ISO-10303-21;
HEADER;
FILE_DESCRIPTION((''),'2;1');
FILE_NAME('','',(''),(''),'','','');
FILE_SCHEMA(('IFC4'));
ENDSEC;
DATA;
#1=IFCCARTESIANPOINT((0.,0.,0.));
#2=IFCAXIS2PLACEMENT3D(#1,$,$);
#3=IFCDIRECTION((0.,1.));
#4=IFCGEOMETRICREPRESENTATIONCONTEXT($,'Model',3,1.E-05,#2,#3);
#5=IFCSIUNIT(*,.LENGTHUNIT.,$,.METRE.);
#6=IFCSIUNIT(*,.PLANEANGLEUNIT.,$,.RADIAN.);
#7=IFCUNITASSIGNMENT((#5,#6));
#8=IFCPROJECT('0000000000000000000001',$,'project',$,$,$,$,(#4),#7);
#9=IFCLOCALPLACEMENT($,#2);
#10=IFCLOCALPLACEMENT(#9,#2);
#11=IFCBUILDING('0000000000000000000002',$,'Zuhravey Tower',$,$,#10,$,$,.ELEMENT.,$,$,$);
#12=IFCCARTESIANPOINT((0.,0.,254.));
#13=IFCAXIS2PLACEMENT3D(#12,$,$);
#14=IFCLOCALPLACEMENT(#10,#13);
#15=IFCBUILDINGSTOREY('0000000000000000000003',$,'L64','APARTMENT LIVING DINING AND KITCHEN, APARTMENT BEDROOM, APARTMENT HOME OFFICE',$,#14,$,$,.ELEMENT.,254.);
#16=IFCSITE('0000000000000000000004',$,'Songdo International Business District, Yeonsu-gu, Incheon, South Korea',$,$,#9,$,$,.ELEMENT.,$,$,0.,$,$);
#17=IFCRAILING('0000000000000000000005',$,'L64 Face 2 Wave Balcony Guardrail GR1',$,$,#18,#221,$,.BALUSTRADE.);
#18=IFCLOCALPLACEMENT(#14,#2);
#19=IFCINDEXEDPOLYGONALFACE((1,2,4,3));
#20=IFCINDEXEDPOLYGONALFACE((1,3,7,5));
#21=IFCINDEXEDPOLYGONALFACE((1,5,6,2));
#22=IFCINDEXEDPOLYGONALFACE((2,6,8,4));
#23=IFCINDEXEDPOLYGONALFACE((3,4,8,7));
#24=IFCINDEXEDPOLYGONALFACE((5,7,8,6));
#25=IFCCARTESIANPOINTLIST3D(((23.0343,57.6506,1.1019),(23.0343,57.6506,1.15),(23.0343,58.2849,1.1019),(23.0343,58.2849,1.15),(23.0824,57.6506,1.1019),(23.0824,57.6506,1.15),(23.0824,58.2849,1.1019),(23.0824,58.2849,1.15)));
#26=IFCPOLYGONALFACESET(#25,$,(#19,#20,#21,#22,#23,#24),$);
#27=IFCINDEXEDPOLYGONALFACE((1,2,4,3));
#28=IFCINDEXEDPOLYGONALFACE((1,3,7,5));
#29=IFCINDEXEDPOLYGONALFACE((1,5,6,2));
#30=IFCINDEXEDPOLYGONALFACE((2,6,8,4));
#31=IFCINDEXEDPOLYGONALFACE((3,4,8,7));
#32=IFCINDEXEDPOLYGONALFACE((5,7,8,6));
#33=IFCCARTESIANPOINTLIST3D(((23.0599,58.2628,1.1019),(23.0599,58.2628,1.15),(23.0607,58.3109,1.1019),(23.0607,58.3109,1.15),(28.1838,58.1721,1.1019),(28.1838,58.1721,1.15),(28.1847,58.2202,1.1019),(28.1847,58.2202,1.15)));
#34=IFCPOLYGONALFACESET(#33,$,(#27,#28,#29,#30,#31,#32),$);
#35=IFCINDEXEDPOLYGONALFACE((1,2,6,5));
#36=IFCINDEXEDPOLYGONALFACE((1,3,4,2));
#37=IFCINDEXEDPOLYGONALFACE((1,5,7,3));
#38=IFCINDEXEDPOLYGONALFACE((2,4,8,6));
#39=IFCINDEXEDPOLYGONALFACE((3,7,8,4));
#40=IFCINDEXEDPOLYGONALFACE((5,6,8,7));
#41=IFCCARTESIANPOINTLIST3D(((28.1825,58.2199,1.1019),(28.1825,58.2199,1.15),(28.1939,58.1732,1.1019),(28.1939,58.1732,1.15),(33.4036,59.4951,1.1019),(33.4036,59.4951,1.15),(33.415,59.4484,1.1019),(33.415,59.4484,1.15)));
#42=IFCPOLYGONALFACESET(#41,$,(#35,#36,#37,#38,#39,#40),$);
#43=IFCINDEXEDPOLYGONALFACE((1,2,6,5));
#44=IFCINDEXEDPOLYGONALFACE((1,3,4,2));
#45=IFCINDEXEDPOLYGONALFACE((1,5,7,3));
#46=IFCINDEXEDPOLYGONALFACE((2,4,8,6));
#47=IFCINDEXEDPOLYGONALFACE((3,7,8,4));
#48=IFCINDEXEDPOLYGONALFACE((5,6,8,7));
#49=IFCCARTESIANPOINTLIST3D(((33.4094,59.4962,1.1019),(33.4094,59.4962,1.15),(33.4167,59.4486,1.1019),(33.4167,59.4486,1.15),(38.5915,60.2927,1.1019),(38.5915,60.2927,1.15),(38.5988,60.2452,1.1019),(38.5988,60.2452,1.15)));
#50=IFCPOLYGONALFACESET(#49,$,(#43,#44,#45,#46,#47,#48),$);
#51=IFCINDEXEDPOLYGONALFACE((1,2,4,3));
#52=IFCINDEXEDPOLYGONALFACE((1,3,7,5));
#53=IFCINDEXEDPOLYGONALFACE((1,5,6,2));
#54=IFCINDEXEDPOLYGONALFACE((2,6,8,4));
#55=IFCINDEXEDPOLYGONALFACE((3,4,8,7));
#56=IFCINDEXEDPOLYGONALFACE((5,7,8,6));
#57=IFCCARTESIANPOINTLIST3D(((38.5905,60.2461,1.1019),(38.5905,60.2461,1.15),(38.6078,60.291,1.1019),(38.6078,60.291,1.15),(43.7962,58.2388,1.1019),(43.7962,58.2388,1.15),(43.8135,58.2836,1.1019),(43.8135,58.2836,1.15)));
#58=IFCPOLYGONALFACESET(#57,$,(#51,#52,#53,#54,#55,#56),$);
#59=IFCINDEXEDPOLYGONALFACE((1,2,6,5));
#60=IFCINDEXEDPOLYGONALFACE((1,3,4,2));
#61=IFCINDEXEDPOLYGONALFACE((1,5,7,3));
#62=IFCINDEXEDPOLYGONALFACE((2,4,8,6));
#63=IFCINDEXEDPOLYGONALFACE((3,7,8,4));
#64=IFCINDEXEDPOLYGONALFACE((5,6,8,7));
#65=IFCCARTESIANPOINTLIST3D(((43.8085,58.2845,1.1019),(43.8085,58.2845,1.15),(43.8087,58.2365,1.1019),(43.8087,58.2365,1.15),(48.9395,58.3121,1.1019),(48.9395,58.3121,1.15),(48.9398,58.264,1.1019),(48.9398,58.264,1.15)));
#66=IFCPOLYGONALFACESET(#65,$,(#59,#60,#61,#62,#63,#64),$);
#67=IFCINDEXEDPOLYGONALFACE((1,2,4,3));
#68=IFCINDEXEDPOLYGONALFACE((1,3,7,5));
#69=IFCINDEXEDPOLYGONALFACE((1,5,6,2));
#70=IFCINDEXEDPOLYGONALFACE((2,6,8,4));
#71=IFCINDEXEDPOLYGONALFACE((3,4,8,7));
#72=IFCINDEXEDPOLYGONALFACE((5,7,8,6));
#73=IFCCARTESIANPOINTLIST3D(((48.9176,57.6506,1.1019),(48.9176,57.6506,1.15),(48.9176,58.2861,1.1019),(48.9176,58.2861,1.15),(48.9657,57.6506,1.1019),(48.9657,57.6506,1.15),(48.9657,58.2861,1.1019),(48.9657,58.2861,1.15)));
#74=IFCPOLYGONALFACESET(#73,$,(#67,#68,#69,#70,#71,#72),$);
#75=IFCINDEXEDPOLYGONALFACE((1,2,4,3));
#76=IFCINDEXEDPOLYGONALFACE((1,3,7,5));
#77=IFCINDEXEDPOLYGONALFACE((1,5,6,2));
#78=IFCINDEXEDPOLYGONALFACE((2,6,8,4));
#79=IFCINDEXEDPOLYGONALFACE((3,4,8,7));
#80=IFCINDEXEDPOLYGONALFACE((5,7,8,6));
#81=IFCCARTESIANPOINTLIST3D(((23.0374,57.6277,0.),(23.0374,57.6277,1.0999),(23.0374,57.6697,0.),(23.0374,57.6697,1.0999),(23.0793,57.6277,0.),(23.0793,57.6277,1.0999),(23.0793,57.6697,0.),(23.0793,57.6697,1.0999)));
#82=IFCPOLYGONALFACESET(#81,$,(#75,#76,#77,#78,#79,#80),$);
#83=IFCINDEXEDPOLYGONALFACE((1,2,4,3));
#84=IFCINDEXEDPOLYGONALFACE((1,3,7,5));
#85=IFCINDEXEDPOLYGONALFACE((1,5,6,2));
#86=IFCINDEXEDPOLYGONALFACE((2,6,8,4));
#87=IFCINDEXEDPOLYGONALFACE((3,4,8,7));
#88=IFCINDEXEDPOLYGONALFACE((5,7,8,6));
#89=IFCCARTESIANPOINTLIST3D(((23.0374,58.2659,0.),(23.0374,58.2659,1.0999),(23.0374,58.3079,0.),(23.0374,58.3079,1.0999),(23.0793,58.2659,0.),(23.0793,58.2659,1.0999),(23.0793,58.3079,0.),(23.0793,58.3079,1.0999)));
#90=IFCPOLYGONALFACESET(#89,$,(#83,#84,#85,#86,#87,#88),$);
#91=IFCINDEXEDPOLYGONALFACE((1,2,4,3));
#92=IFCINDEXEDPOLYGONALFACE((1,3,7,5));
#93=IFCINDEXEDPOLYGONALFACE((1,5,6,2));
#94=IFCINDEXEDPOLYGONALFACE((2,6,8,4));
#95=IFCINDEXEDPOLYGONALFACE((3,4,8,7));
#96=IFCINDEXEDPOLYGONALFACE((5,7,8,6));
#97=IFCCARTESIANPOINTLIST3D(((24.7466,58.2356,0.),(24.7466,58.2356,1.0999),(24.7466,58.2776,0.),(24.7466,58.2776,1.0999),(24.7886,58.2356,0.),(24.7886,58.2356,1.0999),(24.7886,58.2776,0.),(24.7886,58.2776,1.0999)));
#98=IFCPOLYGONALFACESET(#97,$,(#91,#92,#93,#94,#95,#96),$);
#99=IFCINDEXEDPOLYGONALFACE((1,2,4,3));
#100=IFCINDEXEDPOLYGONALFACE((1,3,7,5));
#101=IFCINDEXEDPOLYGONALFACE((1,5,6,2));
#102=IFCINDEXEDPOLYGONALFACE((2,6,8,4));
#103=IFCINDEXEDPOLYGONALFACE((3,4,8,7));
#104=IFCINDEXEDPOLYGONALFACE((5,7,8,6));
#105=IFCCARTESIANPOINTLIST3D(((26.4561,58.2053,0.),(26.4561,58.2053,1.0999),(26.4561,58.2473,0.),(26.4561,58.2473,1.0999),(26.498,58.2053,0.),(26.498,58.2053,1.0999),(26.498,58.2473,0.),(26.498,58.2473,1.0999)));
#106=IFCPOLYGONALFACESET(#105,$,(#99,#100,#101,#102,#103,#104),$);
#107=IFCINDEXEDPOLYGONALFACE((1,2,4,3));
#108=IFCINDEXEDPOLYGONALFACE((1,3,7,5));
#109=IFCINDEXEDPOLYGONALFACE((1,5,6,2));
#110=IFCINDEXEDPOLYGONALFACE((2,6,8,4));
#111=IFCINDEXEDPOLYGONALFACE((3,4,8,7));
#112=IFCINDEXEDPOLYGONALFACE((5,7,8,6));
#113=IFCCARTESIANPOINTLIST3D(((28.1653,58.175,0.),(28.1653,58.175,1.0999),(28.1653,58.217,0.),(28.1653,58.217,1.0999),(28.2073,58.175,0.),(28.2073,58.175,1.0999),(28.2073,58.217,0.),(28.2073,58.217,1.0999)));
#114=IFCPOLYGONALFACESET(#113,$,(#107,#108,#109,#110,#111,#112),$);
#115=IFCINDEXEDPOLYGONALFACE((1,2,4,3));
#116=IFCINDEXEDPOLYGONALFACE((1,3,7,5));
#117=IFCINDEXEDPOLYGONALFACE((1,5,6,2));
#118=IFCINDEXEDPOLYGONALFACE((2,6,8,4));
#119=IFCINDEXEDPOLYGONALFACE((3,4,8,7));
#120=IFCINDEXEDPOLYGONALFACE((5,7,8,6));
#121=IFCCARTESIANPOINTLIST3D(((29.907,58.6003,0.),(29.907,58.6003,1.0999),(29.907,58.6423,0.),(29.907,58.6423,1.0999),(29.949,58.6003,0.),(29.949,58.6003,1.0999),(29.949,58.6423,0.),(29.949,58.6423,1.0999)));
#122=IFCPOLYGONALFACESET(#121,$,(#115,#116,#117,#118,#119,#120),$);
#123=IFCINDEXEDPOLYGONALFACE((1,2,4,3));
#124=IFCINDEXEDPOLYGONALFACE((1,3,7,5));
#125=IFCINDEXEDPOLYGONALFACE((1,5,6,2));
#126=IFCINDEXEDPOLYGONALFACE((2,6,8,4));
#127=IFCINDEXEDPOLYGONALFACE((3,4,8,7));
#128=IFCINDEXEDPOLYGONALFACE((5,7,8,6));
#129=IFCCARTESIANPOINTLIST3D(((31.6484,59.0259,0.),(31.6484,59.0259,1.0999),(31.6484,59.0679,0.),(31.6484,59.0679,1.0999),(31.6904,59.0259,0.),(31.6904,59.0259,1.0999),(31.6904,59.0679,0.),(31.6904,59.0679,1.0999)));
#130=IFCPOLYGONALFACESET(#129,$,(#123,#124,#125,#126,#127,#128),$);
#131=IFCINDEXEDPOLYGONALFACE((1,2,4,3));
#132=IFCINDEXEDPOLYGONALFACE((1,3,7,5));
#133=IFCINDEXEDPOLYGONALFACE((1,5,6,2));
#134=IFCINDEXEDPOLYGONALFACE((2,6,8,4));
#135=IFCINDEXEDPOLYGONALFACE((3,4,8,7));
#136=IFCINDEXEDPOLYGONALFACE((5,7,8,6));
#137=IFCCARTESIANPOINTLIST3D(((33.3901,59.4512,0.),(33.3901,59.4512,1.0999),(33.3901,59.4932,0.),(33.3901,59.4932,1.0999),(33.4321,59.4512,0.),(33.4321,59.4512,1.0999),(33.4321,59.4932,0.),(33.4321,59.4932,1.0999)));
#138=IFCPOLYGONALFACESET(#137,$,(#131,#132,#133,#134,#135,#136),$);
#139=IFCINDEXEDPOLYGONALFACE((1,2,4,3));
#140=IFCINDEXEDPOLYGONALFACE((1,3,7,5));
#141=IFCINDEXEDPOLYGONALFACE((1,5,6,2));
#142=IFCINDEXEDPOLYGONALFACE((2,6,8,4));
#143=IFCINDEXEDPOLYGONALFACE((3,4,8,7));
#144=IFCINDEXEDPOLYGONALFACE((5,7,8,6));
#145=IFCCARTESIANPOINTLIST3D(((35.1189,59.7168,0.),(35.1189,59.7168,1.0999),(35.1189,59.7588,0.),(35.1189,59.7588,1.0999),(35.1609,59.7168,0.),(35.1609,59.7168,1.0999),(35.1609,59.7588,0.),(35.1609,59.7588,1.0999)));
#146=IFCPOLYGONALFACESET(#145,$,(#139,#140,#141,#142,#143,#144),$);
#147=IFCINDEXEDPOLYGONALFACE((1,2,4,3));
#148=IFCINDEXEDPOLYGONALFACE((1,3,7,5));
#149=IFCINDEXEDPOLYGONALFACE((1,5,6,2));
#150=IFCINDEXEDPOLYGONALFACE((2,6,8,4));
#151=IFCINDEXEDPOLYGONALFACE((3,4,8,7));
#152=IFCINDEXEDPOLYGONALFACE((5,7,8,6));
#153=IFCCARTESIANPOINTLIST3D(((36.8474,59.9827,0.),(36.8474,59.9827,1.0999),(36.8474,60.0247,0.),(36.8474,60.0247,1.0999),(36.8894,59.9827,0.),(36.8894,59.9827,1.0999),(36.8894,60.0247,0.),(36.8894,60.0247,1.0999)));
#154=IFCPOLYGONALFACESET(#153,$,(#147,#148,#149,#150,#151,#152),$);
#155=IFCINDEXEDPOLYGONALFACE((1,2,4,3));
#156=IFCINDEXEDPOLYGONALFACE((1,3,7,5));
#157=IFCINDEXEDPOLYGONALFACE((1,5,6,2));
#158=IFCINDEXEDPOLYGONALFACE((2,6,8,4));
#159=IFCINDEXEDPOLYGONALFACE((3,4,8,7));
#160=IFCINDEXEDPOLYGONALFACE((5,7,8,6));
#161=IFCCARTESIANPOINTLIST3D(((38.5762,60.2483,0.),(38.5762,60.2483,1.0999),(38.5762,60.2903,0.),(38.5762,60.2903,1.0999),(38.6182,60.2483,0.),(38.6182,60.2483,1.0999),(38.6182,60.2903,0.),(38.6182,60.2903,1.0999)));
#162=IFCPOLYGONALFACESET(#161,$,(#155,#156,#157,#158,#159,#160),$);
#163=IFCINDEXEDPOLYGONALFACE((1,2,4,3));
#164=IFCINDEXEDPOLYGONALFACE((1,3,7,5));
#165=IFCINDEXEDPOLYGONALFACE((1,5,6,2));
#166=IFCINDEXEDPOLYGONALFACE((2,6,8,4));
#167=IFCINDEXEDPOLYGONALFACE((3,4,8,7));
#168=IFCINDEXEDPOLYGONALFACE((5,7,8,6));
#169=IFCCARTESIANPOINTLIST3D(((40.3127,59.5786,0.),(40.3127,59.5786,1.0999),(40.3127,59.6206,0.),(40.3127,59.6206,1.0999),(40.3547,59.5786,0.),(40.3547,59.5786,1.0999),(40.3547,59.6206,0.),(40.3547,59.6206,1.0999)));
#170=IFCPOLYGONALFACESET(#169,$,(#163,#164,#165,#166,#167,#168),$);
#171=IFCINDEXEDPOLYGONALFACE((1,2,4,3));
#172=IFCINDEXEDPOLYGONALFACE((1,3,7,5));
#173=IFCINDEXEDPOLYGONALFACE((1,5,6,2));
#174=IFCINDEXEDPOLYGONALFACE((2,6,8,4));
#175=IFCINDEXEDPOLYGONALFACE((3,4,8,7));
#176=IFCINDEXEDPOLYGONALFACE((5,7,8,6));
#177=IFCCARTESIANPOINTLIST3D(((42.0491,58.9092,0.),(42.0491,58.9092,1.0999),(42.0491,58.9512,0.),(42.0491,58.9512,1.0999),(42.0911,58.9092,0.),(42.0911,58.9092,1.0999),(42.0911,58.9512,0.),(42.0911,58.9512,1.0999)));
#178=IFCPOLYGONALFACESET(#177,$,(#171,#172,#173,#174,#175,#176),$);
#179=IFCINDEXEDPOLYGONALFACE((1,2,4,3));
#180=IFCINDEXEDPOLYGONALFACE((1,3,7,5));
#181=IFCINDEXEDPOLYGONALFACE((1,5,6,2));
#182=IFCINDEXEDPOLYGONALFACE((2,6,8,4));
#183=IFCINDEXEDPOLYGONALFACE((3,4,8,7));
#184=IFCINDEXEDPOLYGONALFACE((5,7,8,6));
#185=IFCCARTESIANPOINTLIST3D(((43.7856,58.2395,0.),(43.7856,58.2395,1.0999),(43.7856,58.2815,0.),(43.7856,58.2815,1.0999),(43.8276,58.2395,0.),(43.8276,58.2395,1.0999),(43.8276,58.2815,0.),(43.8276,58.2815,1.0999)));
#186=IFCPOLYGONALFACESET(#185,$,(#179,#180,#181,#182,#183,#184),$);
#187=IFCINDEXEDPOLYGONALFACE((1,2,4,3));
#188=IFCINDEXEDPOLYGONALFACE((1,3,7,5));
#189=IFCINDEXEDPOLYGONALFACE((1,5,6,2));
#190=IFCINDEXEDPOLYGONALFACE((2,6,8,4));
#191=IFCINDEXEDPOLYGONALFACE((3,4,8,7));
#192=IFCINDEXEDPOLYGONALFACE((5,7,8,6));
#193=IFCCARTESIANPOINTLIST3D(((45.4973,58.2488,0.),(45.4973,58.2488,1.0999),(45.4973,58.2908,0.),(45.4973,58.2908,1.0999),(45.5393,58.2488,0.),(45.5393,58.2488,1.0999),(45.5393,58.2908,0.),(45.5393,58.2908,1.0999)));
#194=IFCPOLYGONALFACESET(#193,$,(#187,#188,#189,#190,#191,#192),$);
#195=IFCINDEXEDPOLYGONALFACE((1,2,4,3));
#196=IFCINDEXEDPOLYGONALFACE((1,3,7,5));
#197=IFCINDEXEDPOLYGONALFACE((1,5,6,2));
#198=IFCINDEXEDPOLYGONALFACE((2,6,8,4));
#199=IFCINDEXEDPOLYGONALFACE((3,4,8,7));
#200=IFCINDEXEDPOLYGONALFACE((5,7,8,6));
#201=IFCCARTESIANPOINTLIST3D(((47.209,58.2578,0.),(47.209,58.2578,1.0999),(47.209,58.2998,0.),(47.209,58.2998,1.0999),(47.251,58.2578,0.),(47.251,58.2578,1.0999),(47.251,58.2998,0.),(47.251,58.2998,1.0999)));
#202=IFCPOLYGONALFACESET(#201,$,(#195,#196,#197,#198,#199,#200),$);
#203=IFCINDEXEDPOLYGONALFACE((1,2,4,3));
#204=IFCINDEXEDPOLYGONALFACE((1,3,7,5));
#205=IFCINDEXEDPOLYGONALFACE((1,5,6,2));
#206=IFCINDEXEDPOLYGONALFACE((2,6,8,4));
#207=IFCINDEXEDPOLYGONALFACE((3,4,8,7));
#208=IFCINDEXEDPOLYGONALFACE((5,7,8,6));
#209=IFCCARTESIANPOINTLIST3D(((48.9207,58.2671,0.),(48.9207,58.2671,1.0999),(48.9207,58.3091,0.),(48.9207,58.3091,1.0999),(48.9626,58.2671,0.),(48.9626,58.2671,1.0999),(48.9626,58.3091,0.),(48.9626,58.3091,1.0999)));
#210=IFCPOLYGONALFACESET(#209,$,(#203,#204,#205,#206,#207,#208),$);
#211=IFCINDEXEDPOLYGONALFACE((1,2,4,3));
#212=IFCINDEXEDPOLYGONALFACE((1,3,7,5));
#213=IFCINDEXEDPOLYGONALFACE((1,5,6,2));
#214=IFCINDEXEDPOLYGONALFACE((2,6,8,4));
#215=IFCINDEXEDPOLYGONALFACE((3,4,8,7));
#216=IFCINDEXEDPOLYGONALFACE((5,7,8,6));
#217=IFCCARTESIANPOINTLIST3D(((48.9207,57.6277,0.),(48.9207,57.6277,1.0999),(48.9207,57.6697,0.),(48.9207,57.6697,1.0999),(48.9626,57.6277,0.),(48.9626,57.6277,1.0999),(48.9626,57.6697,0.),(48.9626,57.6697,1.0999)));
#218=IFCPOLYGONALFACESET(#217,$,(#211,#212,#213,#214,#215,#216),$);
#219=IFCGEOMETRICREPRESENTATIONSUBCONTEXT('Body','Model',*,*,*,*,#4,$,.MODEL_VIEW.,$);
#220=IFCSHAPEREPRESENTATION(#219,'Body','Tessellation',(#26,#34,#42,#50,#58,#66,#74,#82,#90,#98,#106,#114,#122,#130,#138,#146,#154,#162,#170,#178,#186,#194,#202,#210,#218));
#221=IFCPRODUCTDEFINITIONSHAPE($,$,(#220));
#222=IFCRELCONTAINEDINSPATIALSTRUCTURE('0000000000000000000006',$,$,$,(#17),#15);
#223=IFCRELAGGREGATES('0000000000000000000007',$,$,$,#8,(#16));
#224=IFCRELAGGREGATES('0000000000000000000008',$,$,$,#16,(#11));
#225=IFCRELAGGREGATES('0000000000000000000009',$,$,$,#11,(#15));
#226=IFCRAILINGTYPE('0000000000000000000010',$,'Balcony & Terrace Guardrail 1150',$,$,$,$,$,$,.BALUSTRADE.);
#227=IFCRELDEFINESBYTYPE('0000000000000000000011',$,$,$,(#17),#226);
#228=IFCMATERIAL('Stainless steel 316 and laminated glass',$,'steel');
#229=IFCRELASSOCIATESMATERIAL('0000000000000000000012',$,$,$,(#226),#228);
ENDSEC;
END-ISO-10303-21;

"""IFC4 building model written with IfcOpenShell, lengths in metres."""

from ifc_helpers import new_model, si_unit, direction, frame, origin, origin_2d, place, context, subcontext, project, spatial, rectangle, extrude, material, type_object, element, save


model = new_model("IFC4")

# Units and contexts
model_context = context("Model", 3, precision=1e-05, world=origin(), true_north=direction((0.0, 1.0)))
body_context = subcontext(model_context, "Body", "Model", "MODEL_VIEW")
ifc_project = project(units=[si_unit("LENGTHUNIT", "METRE"), si_unit("PLANEANGLEUNIT", "RADIAN")], contexts=[model_context])

# Site, building, storey
site_placement = place(None, origin())
site = spatial("IfcSite", under=ifc_project, at=site_placement, Name="Songdo International Business District, Yeonsu-gu, Incheon, South Korea", CompositionType="ELEMENT", RefElevation=0.0)
building_placement = place(site_placement, origin())
building = spatial("IfcBuilding", under=site, at=building_placement, Name="Zuhravey Tower", CompositionType="ELEMENT")
storey_placement = place(building_placement, frame((0.0, 0.0, 254.0)))
storey = spatial("IfcBuildingStorey", under=building, at=storey_placement, Name="L64", Description="APARTMENT LIVING DINING AND KITCHEN, APARTMENT BEDROOM, APARTMENT HOME OFFICE", CompositionType="ELEMENT", Elevation=254.0)

# Railing
ifc_material_1 = material(Name="Stainless steel 316 and laminated glass", Category="steel")
railing_type = type_object("IfcRailingType", Name="Balcony & Terrace Guardrail 1150", PredefinedType="BALUSTRADE", material=ifc_material_1)
railing_placement = place(storey_placement, frame((23.0583, 57.6487, 0.0)))
element("IfcRailing", 1, at=railing_placement, inside=storey, type_object=railing_type, Name="L64 Face 2 Wave Balcony Guardrail GR1", PredefinedType="BALUSTRADE", context=body_context, shape_type="SweptSolid", body=[
    extrude(rectangle(XDim=0.0481, YDim=0.0481, at=origin_2d()), frame((0.0, 0.002, 1.126), z_axis=(0.0, 1.0, 0.0), x_axis=(-1.0, 0.0, 0.0)), (0.0, 0.0, 1.0), 0.6343),
    extrude(rectangle(XDim=0.0481, YDim=0.0481, at=origin_2d()), frame((0.002, 0.6382, 1.126), z_axis=(0.999843, -0.017708, 0.0), x_axis=(0.017708, 0.999843, 0.0)), (0.0, 0.0, 1.0), 5.1248),
    extrude(rectangle(XDim=0.0481, YDim=0.0481, at=origin_2d()), frame((5.1299, 0.5479, 1.126), z_axis=(0.971445, 0.237267, 0.0), x_axis=(-0.237267, 0.971445, 0.0)), (0.0, 0.0, 1.0), 5.3745),
    extrude(rectangle(XDim=0.0481, YDim=0.0481, at=origin_2d()), frame((10.3547, 1.8237, 1.126), z_axis=(0.988393, 0.151921, 0.0), x_axis=(-0.151921, 0.988393, 0.0)), (0.0, 0.0, 1.0), 5.2429),
    extrude(rectangle(XDim=0.0481, YDim=0.0481, at=origin_2d()), frame((15.5408, 2.6199, 1.126), z_axis=(0.933036, -0.359782, 0.0), x_axis=(0.359782, 0.933036, 0.0)), (0.0, 0.0, 1.0), 5.5793),
    extrude(rectangle(XDim=0.0481, YDim=0.0481, at=origin_2d()), frame((20.7502, 0.6118, 1.126), z_axis=(0.999986, 0.005372, 0.0), x_axis=(-0.005372, 0.999986, 0.0)), (0.0, 0.0, 1.0), 5.1311),
    extrude(rectangle(XDim=0.0481, YDim=0.0481, at=origin_2d()), frame((25.8833, 0.6375, 1.126), z_axis=(0.0, -1.0, 0.0), x_axis=(1.0, 0.0, 0.0)), (0.0, 0.0, 1.0), 0.6355),
    extrude(rectangle(XDim=0.042, YDim=0.042, at=origin_2d()), origin(), (0.0, 0.0, 1.0), 1.0999),
    extrude(rectangle(XDim=0.042, YDim=0.042, at=origin_2d()), frame((0.0, 0.6382, 0.0)), (0.0, 0.0, 1.0), 1.0999),
    extrude(rectangle(XDim=0.042, YDim=0.042, at=origin_2d()), frame((1.7092, 0.6079, 0.0)), (0.0, 0.0, 1.0), 1.0999),
    extrude(rectangle(XDim=0.042, YDim=0.042, at=origin_2d()), frame((3.4187, 0.5776, 0.0)), (0.0, 0.0, 1.0), 1.0999),
    extrude(rectangle(XDim=0.042, YDim=0.042, at=origin_2d()), frame((5.1279, 0.5474, 0.0)), (0.0, 0.0, 1.0), 1.0999),
    extrude(rectangle(XDim=0.042, YDim=0.042, at=origin_2d()), frame((6.8696, 0.9727, 0.0)), (0.0, 0.0, 1.0), 1.0999),
    extrude(rectangle(XDim=0.042, YDim=0.042, at=origin_2d()), frame((8.6111, 1.3982, 0.0)), (0.0, 0.0, 1.0), 1.0999),
    extrude(rectangle(XDim=0.042, YDim=0.042, at=origin_2d()), frame((10.3528, 1.8235, 0.0)), (0.0, 0.0, 1.0), 1.0999),
    extrude(rectangle(XDim=0.042, YDim=0.042, at=origin_2d()), frame((12.0815, 2.0891, 0.0)), (0.0, 0.0, 1.0), 1.0999),
    extrude(rectangle(XDim=0.042, YDim=0.042, at=origin_2d()), frame((13.8101, 2.355, 0.0)), (0.0, 0.0, 1.0), 1.0999),
    extrude(rectangle(XDim=0.042, YDim=0.042, at=origin_2d()), frame((15.5388, 2.6206, 0.0)), (0.0, 0.0, 1.0), 1.0999),
    extrude(rectangle(XDim=0.042, YDim=0.042, at=origin_2d()), frame((17.2754, 1.9509, 0.0)), (0.0, 0.0, 1.0), 1.0999),
    extrude(rectangle(XDim=0.042, YDim=0.042, at=origin_2d()), frame((19.0117, 1.2815, 0.0)), (0.0, 0.0, 1.0), 1.0999),
    extrude(rectangle(XDim=0.042, YDim=0.042, at=origin_2d()), frame((20.7483, 0.6118, 0.0)), (0.0, 0.0, 1.0), 1.0999),
    extrude(rectangle(XDim=0.042, YDim=0.042, at=origin_2d()), frame((22.46, 0.6211, 0.0)), (0.0, 0.0, 1.0), 1.0999),
    extrude(rectangle(XDim=0.042, YDim=0.042, at=origin_2d()), frame((24.1716, 0.6301, 0.0)), (0.0, 0.0, 1.0), 1.0999),
    extrude(rectangle(XDim=0.042, YDim=0.042, at=origin_2d()), frame((25.8833, 0.6394, 0.0)), (0.0, 0.0, 1.0), 1.0999),
    extrude(rectangle(XDim=0.042, YDim=0.042, at=origin_2d()), frame((25.8833, 0.0, 0.0)), (0.0, 0.0, 1.0), 1.0999),
])

save(model, "model.ifc")
